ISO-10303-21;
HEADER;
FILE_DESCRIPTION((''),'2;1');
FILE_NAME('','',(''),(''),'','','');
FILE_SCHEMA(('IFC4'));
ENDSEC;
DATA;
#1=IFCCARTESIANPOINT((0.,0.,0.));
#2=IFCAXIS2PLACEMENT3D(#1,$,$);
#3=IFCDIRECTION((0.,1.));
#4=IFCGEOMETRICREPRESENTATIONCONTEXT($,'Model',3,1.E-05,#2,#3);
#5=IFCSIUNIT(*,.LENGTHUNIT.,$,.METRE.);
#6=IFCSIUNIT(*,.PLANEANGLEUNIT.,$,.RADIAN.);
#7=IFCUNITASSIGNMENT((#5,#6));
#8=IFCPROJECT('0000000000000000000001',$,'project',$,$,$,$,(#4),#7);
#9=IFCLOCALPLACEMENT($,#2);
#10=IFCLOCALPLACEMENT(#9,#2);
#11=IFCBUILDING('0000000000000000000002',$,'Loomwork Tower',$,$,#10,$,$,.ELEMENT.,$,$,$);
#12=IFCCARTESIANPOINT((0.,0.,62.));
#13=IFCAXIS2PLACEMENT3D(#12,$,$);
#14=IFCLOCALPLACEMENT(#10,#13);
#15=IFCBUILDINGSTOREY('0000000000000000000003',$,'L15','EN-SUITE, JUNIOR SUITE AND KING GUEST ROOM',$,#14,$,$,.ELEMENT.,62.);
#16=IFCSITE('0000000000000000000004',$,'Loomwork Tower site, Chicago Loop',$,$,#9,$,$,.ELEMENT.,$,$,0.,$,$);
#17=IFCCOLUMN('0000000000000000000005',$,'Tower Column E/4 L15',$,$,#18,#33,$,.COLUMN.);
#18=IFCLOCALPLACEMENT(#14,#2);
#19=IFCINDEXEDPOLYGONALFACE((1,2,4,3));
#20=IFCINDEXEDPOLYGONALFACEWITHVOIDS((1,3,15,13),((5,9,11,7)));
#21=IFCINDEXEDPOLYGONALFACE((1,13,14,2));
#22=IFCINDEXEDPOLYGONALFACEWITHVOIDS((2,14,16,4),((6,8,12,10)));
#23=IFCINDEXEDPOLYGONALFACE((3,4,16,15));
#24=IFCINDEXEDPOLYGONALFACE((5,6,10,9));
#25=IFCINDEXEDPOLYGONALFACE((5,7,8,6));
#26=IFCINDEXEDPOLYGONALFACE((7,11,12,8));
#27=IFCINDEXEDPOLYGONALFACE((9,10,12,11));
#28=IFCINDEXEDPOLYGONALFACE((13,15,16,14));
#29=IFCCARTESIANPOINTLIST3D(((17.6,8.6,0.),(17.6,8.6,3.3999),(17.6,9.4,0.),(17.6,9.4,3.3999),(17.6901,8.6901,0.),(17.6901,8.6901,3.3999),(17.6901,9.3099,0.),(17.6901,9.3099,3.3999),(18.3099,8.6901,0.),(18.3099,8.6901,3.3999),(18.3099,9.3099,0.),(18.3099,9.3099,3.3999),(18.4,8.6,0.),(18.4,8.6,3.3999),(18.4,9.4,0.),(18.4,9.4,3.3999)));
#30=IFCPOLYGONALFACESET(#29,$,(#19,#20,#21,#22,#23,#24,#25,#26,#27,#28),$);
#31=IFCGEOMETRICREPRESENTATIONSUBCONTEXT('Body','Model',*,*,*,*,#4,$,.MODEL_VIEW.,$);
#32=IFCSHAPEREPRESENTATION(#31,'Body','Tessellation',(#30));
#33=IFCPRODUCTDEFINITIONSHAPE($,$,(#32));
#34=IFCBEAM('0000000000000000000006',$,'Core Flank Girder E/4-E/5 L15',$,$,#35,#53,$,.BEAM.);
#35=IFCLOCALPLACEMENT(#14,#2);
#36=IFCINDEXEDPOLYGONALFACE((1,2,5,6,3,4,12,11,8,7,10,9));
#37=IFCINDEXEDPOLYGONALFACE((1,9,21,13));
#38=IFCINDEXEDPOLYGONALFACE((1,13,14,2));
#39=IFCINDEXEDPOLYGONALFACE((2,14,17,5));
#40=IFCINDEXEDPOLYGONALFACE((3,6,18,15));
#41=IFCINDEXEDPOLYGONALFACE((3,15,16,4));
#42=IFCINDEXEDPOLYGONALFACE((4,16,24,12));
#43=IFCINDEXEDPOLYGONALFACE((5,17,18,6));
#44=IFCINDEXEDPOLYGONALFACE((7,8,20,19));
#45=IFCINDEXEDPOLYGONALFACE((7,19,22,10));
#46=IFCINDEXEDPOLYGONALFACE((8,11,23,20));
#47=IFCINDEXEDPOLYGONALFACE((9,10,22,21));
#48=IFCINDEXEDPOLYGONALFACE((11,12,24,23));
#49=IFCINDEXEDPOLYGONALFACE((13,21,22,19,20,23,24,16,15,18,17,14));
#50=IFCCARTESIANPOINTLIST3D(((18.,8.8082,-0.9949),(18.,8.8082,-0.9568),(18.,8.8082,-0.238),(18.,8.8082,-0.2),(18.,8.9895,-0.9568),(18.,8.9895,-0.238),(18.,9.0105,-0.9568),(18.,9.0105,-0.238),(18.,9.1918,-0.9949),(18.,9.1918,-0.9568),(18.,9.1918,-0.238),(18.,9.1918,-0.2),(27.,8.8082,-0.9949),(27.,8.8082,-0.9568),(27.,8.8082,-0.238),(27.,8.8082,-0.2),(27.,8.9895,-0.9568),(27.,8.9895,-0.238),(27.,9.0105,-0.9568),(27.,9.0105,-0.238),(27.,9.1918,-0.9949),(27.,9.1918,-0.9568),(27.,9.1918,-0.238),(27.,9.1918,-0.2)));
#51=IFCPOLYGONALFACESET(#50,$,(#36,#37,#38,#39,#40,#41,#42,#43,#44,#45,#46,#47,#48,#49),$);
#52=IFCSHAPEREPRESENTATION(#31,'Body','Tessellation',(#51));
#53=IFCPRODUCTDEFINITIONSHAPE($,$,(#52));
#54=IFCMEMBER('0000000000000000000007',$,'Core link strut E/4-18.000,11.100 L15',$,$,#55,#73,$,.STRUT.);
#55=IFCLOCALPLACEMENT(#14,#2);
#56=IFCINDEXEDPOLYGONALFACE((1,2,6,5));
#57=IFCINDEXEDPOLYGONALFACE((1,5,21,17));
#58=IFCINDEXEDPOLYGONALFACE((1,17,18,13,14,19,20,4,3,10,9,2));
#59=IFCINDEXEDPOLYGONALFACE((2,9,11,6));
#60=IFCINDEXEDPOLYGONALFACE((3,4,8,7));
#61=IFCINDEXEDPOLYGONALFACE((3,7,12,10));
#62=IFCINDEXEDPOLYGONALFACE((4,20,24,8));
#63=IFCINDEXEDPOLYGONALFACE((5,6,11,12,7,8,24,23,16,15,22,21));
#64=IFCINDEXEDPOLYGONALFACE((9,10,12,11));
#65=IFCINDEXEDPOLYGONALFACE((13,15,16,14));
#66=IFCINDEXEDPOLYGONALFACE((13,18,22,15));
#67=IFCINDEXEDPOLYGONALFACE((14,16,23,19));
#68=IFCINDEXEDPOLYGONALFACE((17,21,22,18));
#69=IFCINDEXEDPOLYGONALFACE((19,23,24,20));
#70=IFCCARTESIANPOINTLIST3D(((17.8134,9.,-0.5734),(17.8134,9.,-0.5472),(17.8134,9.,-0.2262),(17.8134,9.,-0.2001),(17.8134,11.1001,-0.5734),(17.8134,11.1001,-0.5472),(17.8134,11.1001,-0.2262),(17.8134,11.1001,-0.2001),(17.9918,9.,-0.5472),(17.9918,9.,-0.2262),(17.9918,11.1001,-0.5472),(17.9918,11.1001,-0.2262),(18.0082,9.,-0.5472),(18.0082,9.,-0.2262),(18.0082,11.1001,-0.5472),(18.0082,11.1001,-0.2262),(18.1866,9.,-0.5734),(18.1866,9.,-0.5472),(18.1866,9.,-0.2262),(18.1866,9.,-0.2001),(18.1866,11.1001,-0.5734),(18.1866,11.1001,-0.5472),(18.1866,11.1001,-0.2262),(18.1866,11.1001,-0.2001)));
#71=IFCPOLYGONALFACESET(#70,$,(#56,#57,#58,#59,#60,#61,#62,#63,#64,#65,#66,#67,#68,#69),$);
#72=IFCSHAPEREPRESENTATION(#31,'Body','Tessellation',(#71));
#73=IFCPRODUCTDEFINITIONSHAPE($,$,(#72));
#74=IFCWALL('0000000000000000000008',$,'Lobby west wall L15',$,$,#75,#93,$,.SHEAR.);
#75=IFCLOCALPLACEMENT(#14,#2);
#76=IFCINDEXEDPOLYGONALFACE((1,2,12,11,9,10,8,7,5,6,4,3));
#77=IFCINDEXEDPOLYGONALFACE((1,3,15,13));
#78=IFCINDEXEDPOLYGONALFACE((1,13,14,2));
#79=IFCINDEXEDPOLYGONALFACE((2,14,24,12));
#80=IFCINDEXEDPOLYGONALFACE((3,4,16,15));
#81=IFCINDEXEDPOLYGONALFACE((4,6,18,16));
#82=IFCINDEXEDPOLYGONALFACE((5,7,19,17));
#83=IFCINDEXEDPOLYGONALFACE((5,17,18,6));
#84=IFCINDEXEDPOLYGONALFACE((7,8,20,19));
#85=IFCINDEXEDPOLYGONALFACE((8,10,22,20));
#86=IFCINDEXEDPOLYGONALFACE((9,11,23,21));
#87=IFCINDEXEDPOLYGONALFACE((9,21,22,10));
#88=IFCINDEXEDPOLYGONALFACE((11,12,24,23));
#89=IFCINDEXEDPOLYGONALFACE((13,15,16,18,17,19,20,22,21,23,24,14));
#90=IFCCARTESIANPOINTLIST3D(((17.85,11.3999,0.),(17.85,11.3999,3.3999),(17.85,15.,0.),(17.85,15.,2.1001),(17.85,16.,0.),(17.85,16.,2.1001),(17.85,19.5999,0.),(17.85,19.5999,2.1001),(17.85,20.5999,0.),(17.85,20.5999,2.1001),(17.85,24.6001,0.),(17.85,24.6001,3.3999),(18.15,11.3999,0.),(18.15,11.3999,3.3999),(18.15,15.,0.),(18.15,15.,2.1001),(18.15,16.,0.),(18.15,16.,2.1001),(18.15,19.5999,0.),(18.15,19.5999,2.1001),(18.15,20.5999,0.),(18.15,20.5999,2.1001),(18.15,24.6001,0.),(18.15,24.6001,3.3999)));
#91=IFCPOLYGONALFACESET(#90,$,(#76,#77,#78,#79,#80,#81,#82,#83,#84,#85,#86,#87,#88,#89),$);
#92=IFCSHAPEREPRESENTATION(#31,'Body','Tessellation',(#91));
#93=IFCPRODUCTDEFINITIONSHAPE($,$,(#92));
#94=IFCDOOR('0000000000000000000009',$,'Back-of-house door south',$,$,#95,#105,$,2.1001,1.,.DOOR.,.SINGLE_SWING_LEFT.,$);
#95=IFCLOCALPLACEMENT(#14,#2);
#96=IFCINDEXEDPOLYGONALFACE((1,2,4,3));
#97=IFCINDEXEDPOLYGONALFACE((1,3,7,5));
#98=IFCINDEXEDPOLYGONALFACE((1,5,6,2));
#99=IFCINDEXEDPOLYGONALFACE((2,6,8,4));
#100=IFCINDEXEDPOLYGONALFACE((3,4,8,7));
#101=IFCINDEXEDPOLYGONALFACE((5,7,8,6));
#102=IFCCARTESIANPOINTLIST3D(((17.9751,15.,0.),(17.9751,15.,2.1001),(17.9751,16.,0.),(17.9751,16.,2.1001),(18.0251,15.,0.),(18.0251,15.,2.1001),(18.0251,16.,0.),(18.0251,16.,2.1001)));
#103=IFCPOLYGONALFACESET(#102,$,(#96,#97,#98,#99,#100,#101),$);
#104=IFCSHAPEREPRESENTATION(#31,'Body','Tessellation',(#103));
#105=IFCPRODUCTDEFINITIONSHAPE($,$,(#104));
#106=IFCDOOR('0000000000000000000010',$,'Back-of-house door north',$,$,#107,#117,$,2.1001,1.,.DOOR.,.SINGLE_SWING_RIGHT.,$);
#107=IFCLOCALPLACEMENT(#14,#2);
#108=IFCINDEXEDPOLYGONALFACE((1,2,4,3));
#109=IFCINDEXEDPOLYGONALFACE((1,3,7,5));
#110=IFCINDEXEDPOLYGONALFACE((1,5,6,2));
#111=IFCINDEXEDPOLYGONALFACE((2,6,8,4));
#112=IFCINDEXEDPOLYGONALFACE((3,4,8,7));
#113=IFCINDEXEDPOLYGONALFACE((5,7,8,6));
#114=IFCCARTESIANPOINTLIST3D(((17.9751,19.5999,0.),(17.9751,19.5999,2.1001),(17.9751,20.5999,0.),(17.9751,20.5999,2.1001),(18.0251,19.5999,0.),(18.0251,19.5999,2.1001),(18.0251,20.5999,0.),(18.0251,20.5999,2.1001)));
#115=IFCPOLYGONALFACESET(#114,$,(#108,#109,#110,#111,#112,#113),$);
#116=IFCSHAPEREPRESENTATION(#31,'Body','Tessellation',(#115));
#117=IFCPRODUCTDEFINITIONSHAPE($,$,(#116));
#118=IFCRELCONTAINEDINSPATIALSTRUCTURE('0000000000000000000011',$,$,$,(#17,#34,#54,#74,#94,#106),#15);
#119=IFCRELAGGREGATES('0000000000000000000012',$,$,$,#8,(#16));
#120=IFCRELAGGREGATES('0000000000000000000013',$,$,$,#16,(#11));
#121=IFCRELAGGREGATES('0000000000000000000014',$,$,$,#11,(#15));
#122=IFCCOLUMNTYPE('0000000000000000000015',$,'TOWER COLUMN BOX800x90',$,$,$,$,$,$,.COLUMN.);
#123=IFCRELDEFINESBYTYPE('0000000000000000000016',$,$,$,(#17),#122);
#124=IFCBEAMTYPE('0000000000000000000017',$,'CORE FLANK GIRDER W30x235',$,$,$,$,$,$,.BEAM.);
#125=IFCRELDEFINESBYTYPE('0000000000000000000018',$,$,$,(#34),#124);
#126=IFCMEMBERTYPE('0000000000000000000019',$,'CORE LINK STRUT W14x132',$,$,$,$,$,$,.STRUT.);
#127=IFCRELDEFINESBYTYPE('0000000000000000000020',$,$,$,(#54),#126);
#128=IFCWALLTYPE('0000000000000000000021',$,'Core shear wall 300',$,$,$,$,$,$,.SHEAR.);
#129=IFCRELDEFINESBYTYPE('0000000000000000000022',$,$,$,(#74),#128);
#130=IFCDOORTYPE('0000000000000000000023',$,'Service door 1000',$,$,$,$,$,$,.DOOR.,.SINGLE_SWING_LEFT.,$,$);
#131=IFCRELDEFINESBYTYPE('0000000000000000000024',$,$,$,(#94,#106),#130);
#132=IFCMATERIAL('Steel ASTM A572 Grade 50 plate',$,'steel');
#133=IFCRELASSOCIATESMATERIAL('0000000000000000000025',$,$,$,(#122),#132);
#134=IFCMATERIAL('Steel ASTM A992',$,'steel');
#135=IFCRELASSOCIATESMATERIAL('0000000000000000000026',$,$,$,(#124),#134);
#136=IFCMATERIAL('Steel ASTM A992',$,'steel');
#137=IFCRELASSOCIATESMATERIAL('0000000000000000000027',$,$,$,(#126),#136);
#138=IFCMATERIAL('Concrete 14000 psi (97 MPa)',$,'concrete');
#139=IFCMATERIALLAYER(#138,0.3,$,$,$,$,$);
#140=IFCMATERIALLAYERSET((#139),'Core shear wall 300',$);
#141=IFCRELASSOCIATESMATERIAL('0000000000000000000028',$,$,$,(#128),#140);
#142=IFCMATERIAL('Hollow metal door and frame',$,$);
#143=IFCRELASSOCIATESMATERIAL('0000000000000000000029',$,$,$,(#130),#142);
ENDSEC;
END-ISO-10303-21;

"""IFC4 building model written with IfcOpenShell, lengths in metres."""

from ifc_helpers import new_model, si_unit, direction, frame, frame_2d, origin, origin_2d, place, context, subcontext, project, spatial, rectangle, hollow_rectangle, i_section, extrude, material, layer, layer_set, material_profile, profile_set, type_object, element, fill, save


model = new_model("IFC4")

# Units and contexts
model_context = context("Model", 3, precision=1e-05, world=origin(), true_north=direction((0.0, 1.0)))
body_context = subcontext(model_context, "Body", "Model", "MODEL_VIEW")
ifc_project = project(units=[si_unit("LENGTHUNIT", "METRE"), si_unit("PLANEANGLEUNIT", "RADIAN")], contexts=[model_context])

# Site, building, storey
site_placement = place(None, origin())
site = spatial("IfcSite", under=ifc_project, at=site_placement, Name="Loomwork Tower site, Chicago Loop", CompositionType="ELEMENT", RefElevation=0.0)
building_placement = place(site_placement, origin())
building = spatial("IfcBuilding", under=site, at=building_placement, Name="Loomwork Tower", CompositionType="ELEMENT")
storey_placement = place(building_placement, frame((0.0, 0.0, 62.0)))
storey = spatial("IfcBuildingStorey", under=building, at=storey_placement, Name="L15", Description="EN-SUITE, JUNIOR SUITE AND KING GUEST ROOM", CompositionType="ELEMENT", Elevation=62.0)

# Column
ifc_material_1 = material(Name="Steel ASTM A572 Grade 50 plate", Category="steel")
ifc_material_profile_1 = material_profile(ifc_material_1, hollow_rectangle(XDim=0.8, YDim=0.8, WallThickness=0.0901, at=origin_2d()), Name="BOX800x90")
ifc_profile_set_1 = profile_set([ifc_material_profile_1], Name="Steel ASTM A572 Grade 50 plate")
column_type = type_object("IfcColumnType", Name="TOWER COLUMN BOX800x90", PredefinedType="COLUMN", material=ifc_profile_set_1)
column_placement = place(storey_placement, frame((18.0, 9.0, 0.0), z_axis=(0.0, 0.0, 1.0), x_axis=(1.0, 0.0, 0.0)))
element("IfcColumn", 1, at=column_placement, inside=storey, type_object=column_type, Name="Tower Column E/4 L15", PredefinedType="COLUMN", context=body_context, shape_type="SweptSolid", body=[
    extrude(hollow_rectangle(XDim=0.8, YDim=0.8, WallThickness=0.0901, at=origin_2d()), origin(), (0.0, 0.0, 1.0), 3.3999),
])

# Beam
ifc_material_2 = material(Name="Steel ASTM A992", Category="steel")
ifc_material_profile_2 = material_profile(ifc_material_2, i_section(OverallWidth=0.3835, OverallDepth=0.7949, WebThickness=0.021, FlangeThickness=0.0381, at=origin_2d()), Name="W30x235")
ifc_profile_set_2 = profile_set([ifc_material_profile_2], Name="Steel ASTM A992")
beam_type = type_object("IfcBeamType", Name="CORE FLANK GIRDER W30x235", PredefinedType="BEAM", material=ifc_profile_set_2)
beam_placement = place(storey_placement, frame((18.0, 9.0, -0.5974), z_axis=(1.0, 0.0, 0.0), x_axis=(0.0, 1.0, 0.0)))
element("IfcBeam", 2, at=beam_placement, inside=storey, type_object=beam_type, Name="Core Flank Girder E/4-E/5 L15", PredefinedType="BEAM", context=body_context, shape_type="SweptSolid", body=[
    extrude(i_section(OverallWidth=0.3835, OverallDepth=0.7949, WebThickness=0.021, FlangeThickness=0.0381, at=origin_2d()), origin(), (0.0, 0.0, 1.0), 9.0),
])

# Member
ifc_material_3 = material(Name="Steel ASTM A992", Category="steel")
ifc_material_profile_3 = material_profile(ifc_material_3, i_section(OverallWidth=0.3733, OverallDepth=0.3733, WebThickness=0.0164, FlangeThickness=0.0261, at=origin_2d()), Name="W14x132")
ifc_profile_set_3 = profile_set([ifc_material_profile_3], Name="Steel ASTM A992")
member_type = type_object("IfcMemberType", Name="CORE LINK STRUT W14x132", PredefinedType="STRUT", material=ifc_profile_set_3)
member_placement = place(storey_placement, frame((18.0, 9.0, -0.3867), z_axis=(0.0, 1.0, 0.0), x_axis=(-1.0, 0.0, 0.0)))
element("IfcMember", 3, at=member_placement, inside=storey, type_object=member_type, Name="Core link strut E/4-18.000,11.100 L15", PredefinedType="STRUT", context=body_context, shape_type="SweptSolid", body=[
    extrude(i_section(OverallWidth=0.3733, OverallDepth=0.3733, WebThickness=0.0164, FlangeThickness=0.0261, at=origin_2d()), origin(), (0.0, 0.0, 1.0), 2.1001),
])

# Wall, openings, doors
ifc_material_4 = material(Name="Concrete 14000 psi (97 MPa)", Category="concrete")
ifc_layer_1 = layer(ifc_material_4, 0.3)
ifc_layer_set_1 = layer_set([ifc_layer_1], Name="Core shear wall 300")
wall_type_1 = type_object("IfcWallType", Name="Core shear wall 300", PredefinedType="SHEAR", material=ifc_layer_set_1)
wall_1_placement = place(storey_placement, frame((18.0, 11.3999, 0.0), z_axis=(0.0, 0.0, 1.0), x_axis=(0.0, 1.0, 0.0)))
wall_1 = element("IfcWall", 4, at=wall_1_placement, inside=storey, type_object=wall_type_1, Name="Lobby west wall L15", PredefinedType="SHEAR", context=body_context, shape_type="SweptSolid", body=[
    extrude(rectangle(XDim=13.2002, YDim=0.3, at=frame_2d((6.6001, 0.0))), origin(), (0.0, 0.0, 1.0), 3.3999),
])
opening_1_placement = place(wall_1_placement, frame((3.6001, 0.0, 0.0)))
opening_1 = element("IfcOpeningElement", 5, at=opening_1_placement, cuts=wall_1, PredefinedType="OPENING", context=body_context, shape_type="SweptSolid", body=[
    extrude(rectangle(XDim=1.0, YDim=2.1001, at=frame_2d((0.5, 1.05))), frame((0.0, 0.1599, 0.0), z_axis=(0.0, -1.0, 0.0), x_axis=(1.0, 0.0, 0.0)), (0.0, 0.0, 1.0), 0.3201),
])
opening_2_placement = place(wall_1_placement, frame((8.2, 0.0, 0.0)))
opening_2 = element("IfcOpeningElement", 6, at=opening_2_placement, cuts=wall_1, PredefinedType="OPENING", context=body_context, shape_type="SweptSolid", body=[
    extrude(rectangle(XDim=1.0, YDim=2.1001, at=frame_2d((0.5, 1.05))), frame((0.0, 0.1599, 0.0), z_axis=(0.0, -1.0, 0.0), x_axis=(1.0, 0.0, 0.0)), (0.0, 0.0, 1.0), 0.3201),
])
ifc_material_5 = material(Name="Hollow metal door and frame")
door_type_1 = type_object("IfcDoorType", Name="Service door 1000", OperationType="SINGLE_SWING_LEFT", PredefinedType="DOOR", material=ifc_material_5)
door_1_placement = place(opening_1_placement, origin())
door_1 = element("IfcDoor", 7, at=door_1_placement, inside=storey, type_object=door_type_1, Name="Back-of-house door south", OperationType="SINGLE_SWING_LEFT", OverallHeight=2.1001, OverallWidth=1.0, PredefinedType="DOOR", context=body_context, shape_type="SweptSolid", body=[
    extrude(rectangle(XDim=1.0, YDim=2.1001, at=frame_2d((0.5, 1.05))), frame((0.0, 0.0249, 0.0), z_axis=(0.0, -1.0, 0.0), x_axis=(1.0, 0.0, 0.0)), (0.0, 0.0, 1.0), 0.05),
])
fill(opening_1, door_1)
door_2_placement = place(opening_2_placement, origin())
door_2 = element("IfcDoor", 8, at=door_2_placement, inside=storey, type_object=door_type_1, Name="Back-of-house door north", OperationType="SINGLE_SWING_RIGHT", OverallHeight=2.1001, OverallWidth=1.0, PredefinedType="DOOR", context=body_context, shape_type="SweptSolid", body=[
    extrude(rectangle(XDim=1.0, YDim=2.1001, at=frame_2d((0.5, 1.05))), frame((0.0, 0.0249, 0.0), z_axis=(0.0, -1.0, 0.0), x_axis=(1.0, 0.0, 0.0)), (0.0, 0.0, 1.0), 0.05),
])
fill(opening_2, door_2)

save(model, "model.ifc")
